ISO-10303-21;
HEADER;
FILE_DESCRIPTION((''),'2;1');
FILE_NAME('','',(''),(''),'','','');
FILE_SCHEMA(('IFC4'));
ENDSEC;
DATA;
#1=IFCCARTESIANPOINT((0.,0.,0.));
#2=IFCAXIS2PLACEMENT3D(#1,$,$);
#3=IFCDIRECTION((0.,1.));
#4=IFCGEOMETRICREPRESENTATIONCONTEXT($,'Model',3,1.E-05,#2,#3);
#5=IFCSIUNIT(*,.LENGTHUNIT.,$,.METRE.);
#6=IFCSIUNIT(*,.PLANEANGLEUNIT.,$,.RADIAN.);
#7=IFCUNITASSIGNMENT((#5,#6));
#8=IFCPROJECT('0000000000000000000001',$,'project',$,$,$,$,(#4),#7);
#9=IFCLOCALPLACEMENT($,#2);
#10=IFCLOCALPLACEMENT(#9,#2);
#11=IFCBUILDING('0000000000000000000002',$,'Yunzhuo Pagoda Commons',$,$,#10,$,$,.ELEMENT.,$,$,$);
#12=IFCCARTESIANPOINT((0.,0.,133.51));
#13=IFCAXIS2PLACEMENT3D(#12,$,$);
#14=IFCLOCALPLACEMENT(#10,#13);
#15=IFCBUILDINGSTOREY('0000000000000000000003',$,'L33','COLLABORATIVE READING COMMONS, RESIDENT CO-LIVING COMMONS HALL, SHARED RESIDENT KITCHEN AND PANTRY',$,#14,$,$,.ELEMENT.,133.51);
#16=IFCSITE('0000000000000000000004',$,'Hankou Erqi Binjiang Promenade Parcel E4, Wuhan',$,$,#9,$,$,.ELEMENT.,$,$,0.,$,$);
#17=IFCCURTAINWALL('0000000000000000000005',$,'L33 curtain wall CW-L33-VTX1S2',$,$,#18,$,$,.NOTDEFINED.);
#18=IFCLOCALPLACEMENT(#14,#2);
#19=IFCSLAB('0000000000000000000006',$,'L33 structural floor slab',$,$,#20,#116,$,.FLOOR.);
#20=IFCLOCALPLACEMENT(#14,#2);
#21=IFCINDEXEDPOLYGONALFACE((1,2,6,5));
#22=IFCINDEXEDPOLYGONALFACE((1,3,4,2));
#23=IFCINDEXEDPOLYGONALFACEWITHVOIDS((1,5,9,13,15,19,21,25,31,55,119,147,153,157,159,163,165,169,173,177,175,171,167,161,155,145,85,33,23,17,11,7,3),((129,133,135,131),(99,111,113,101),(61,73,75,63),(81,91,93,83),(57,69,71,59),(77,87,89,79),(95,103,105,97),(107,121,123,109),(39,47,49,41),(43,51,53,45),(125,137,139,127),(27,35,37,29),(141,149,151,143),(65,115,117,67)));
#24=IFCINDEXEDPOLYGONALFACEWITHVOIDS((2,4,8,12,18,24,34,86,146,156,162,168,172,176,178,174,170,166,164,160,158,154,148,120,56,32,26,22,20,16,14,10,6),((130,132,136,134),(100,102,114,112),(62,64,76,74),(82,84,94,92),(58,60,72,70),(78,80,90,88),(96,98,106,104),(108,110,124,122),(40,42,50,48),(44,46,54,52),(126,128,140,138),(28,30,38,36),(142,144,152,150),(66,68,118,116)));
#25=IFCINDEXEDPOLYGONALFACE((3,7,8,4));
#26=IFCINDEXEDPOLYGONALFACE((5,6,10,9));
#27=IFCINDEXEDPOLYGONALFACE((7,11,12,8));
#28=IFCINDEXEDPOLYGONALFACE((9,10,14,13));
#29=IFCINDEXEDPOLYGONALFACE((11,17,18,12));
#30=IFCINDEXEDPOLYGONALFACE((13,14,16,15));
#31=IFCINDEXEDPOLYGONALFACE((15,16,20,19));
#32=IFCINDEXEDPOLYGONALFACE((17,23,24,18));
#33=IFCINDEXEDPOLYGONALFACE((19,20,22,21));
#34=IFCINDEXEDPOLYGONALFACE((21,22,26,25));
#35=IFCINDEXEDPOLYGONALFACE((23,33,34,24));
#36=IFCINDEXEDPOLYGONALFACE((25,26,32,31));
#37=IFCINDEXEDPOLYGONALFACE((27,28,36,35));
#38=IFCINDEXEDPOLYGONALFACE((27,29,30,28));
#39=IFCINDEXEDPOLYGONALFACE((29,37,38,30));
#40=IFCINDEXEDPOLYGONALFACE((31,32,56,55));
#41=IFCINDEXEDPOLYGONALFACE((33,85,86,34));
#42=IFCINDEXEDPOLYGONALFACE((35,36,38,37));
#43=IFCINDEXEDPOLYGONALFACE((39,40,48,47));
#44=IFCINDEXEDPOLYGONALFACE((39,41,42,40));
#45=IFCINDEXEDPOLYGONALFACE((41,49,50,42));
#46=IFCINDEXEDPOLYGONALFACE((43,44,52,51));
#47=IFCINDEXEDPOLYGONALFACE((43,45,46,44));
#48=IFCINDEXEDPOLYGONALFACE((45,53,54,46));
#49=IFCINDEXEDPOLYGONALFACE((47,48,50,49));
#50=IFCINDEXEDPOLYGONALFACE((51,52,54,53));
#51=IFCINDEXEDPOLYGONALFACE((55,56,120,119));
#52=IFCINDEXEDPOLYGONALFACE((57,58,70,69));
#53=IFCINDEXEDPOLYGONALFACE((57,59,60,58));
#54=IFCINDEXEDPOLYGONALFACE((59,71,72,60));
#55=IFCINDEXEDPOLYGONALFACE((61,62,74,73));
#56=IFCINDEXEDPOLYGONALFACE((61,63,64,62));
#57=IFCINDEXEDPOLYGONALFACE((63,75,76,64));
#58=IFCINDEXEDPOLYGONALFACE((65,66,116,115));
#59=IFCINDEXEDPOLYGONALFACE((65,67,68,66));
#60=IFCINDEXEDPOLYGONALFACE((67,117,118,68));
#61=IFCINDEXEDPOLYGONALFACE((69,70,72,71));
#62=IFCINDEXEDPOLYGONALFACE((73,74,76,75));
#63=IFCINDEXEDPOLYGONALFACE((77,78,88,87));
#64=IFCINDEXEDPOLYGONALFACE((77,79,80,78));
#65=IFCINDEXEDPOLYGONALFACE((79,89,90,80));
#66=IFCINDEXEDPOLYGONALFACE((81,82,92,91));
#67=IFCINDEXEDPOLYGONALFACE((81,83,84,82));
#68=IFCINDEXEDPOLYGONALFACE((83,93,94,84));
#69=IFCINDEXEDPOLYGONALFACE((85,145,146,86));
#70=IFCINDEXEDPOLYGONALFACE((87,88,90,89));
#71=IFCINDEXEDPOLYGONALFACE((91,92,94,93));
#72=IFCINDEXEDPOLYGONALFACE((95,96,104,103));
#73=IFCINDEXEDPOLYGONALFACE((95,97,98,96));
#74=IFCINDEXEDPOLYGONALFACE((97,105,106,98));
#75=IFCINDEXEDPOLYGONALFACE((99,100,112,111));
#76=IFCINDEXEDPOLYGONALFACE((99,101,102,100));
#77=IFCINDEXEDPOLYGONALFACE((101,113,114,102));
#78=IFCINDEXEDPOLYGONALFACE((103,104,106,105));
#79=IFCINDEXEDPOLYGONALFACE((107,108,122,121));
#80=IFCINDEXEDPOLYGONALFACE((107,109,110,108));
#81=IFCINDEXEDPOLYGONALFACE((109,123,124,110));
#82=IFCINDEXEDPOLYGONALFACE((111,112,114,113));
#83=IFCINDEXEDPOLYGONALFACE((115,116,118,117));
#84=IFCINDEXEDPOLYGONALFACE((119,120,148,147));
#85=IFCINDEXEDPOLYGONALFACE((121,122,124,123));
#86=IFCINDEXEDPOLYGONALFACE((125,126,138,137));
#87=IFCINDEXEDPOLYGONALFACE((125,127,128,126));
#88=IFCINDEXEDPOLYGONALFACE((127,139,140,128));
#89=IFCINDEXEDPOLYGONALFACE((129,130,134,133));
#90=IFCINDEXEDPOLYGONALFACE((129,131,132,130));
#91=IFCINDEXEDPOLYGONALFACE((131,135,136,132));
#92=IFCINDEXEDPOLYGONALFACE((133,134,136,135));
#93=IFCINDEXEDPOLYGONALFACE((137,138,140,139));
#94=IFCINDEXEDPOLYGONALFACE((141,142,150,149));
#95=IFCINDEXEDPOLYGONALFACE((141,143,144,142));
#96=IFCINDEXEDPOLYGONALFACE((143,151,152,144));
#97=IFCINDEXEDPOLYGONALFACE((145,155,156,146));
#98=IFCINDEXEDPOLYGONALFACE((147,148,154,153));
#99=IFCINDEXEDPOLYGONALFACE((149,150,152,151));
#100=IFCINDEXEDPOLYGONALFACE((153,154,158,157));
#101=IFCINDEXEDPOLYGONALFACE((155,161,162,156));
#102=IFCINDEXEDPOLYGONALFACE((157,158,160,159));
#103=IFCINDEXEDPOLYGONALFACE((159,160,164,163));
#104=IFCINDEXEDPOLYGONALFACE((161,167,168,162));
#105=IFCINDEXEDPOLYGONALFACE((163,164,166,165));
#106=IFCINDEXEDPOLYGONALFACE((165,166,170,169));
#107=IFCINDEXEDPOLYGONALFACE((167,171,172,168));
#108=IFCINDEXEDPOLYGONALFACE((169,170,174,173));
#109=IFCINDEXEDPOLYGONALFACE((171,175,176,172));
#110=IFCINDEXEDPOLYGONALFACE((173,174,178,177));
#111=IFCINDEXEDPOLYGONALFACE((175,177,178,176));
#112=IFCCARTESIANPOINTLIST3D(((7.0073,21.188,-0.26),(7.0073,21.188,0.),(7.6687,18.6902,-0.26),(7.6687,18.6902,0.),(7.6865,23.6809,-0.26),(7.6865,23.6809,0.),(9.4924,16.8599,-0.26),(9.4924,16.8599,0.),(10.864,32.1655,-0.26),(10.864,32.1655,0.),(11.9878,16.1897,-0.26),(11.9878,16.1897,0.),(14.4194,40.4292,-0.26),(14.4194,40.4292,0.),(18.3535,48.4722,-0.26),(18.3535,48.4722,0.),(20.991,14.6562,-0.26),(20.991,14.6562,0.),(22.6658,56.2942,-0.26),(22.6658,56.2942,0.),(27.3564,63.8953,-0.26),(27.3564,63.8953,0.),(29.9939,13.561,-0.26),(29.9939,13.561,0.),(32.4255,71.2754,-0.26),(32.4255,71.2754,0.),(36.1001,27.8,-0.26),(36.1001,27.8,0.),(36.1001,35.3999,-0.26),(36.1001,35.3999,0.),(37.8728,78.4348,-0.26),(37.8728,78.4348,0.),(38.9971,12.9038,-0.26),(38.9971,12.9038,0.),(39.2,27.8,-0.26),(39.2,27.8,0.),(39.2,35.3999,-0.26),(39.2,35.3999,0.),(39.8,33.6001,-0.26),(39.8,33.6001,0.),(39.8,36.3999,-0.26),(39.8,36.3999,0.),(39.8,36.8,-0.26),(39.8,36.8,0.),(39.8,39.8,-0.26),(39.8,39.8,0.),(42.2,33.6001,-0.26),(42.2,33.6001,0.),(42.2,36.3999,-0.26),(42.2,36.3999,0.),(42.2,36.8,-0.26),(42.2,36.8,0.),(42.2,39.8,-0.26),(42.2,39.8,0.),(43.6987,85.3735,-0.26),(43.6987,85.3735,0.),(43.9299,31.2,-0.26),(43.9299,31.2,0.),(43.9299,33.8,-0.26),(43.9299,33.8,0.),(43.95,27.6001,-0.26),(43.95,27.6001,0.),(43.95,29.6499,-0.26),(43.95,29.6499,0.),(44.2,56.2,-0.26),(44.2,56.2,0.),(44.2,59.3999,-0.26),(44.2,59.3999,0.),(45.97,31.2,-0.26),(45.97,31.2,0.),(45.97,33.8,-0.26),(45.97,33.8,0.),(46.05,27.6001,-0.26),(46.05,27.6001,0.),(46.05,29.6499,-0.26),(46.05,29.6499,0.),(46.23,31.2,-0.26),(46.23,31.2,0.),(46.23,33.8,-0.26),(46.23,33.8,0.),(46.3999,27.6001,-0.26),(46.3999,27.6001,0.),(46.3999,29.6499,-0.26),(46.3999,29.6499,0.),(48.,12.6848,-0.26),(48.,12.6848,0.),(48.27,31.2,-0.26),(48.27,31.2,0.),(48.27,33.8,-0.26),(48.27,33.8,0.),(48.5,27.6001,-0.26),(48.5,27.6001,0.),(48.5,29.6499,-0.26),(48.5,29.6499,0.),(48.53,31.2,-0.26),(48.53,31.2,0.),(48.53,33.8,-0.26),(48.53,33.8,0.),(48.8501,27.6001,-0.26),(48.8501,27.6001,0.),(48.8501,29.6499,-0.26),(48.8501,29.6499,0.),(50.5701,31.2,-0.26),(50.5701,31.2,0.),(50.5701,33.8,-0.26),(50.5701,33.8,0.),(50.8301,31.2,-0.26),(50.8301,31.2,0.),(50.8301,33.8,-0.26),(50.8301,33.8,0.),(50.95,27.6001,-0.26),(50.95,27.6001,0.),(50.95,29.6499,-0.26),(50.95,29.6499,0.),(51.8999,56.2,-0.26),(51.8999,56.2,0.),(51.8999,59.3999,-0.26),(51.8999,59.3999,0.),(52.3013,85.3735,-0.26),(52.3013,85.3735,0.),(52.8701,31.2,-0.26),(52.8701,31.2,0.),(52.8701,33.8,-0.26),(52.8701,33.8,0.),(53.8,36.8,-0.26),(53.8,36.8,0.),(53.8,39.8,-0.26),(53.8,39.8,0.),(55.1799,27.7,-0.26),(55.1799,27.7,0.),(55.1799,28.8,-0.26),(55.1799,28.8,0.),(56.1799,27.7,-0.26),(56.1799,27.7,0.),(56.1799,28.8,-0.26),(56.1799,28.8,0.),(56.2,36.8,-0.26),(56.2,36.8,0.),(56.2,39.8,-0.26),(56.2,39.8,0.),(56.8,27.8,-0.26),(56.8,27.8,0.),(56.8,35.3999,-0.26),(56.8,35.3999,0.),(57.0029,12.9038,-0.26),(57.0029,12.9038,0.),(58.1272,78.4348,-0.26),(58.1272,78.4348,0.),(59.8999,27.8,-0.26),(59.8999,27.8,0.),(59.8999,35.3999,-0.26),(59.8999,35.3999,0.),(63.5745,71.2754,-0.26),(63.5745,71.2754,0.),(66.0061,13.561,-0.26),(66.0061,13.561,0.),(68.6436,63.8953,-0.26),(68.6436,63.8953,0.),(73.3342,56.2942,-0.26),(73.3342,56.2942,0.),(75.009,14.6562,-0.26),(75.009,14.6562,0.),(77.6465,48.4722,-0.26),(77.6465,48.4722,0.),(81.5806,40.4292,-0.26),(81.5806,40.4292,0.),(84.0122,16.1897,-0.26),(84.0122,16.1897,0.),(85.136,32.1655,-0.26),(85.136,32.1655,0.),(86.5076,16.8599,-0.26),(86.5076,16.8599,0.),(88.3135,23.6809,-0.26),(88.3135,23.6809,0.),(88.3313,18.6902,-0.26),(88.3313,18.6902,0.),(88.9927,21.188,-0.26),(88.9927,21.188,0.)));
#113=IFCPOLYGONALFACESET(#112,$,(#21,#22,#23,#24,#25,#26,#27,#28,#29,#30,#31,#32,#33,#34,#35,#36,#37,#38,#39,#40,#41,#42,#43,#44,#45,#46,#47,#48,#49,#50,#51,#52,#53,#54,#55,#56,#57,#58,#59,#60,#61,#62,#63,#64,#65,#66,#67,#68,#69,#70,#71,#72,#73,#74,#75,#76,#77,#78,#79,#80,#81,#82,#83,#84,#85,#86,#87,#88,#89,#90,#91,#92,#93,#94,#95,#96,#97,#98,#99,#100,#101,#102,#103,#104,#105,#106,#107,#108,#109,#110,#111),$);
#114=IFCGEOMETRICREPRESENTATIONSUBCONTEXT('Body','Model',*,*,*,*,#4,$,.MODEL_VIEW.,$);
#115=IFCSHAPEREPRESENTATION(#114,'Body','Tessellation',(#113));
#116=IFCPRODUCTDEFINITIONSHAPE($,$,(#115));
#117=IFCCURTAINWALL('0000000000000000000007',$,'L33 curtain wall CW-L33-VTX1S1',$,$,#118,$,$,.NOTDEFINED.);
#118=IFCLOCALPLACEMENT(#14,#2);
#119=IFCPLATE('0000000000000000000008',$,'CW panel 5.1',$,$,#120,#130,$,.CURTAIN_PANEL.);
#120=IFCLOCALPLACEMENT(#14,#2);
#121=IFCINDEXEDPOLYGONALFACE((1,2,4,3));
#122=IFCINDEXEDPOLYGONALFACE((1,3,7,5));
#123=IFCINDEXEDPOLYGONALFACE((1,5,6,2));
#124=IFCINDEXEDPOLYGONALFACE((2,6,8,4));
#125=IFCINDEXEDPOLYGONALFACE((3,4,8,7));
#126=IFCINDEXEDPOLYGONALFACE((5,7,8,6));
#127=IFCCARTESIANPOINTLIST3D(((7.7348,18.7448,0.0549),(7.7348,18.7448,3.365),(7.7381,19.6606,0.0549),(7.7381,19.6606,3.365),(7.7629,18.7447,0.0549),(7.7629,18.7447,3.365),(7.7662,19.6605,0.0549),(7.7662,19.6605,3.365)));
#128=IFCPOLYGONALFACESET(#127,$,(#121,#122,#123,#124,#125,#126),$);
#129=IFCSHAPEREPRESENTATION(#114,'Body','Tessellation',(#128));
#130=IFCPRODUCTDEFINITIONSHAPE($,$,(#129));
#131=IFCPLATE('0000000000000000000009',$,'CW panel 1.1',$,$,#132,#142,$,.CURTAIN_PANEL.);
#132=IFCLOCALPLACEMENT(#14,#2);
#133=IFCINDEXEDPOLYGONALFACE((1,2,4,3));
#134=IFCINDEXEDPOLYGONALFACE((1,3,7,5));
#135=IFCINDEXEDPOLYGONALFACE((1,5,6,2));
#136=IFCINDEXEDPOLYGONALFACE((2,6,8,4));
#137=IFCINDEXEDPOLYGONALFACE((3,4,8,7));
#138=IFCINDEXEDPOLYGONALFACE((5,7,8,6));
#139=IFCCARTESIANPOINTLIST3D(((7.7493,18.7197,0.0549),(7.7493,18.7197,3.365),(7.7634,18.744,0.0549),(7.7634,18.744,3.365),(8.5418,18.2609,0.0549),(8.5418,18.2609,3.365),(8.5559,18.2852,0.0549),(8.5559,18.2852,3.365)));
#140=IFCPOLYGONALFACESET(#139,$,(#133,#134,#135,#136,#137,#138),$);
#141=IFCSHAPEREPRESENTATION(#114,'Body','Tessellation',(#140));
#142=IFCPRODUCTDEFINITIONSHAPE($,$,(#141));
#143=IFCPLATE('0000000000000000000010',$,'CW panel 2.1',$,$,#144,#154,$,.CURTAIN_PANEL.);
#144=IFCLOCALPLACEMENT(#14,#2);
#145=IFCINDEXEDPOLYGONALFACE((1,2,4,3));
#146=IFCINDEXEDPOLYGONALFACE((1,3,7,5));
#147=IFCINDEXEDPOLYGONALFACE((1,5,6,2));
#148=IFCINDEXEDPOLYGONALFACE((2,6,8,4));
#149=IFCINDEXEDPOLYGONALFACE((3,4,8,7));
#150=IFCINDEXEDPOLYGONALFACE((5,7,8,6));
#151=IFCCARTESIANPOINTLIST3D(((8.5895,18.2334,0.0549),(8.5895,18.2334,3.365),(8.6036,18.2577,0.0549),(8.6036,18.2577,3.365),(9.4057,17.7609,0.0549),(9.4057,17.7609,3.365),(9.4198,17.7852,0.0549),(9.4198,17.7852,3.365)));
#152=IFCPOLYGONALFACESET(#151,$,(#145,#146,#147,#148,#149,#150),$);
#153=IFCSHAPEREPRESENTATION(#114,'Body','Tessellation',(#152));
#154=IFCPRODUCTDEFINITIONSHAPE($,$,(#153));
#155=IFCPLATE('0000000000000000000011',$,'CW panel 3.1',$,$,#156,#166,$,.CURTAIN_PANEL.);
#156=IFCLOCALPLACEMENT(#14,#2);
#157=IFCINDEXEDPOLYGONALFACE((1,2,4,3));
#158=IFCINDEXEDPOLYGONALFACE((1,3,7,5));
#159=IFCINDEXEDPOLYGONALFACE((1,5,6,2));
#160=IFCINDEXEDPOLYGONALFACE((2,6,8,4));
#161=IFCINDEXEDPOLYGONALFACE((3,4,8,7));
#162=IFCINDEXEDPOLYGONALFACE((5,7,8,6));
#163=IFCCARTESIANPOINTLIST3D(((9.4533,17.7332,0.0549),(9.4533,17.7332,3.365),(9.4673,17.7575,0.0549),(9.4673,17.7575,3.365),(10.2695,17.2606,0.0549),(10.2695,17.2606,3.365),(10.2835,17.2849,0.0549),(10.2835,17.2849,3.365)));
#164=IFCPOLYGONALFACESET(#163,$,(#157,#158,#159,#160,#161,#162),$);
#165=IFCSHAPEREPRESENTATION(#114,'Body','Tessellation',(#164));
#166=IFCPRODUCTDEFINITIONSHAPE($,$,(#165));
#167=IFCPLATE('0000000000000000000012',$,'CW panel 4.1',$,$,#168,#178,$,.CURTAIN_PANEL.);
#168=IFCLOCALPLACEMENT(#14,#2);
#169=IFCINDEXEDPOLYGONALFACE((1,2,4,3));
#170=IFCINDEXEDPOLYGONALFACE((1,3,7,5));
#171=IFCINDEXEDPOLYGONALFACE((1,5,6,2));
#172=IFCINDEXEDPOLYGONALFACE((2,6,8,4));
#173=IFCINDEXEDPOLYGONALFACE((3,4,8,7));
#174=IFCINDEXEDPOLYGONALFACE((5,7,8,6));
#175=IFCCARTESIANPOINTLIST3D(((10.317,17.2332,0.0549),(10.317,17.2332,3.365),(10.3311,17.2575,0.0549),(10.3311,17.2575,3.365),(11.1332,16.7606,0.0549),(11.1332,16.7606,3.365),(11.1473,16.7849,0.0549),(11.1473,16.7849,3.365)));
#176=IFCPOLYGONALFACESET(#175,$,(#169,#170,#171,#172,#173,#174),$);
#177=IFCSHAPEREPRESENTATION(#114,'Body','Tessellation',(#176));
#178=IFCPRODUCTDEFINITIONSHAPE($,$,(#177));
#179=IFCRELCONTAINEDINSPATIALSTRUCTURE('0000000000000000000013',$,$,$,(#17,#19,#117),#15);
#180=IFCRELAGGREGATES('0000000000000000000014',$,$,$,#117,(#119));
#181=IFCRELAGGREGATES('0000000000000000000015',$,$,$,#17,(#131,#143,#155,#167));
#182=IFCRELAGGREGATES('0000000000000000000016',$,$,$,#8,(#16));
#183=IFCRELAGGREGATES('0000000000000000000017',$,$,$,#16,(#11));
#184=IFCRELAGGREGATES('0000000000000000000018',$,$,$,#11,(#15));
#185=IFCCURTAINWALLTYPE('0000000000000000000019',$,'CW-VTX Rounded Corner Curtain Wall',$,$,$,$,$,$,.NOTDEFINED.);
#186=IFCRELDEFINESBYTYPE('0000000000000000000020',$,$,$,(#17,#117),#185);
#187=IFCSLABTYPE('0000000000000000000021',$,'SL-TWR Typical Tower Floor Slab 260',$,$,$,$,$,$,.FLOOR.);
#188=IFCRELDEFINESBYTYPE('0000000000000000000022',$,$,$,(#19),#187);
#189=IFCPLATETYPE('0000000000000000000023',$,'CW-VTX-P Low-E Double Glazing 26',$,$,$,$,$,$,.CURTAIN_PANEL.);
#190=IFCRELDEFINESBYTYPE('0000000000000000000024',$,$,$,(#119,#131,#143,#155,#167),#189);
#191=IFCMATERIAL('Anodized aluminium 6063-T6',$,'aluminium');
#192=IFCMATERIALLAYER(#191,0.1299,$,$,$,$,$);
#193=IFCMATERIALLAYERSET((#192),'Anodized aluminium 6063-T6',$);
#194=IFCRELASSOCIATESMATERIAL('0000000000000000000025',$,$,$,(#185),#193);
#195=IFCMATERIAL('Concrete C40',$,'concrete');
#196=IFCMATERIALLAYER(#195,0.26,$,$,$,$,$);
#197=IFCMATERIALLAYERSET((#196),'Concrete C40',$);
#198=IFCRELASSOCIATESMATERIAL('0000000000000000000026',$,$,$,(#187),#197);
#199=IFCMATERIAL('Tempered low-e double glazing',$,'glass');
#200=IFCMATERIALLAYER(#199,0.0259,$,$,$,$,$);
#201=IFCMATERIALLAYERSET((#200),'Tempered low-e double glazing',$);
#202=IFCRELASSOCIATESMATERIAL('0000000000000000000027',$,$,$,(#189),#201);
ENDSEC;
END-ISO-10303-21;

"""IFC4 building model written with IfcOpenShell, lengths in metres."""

from ifc_helpers import new_model, si_unit, direction, frame, origin, origin_2d, place, context, subcontext, project, spatial, polyline, rectangle, outline, extrude, source, transform, mapped, material, layer, layer_set, type_object, element, aggregate, save


model = new_model("IFC4")

# Units and contexts
model_context = context("Model", 3, precision=1e-05, world=origin(), true_north=direction((0.0, 1.0)))
body_context = subcontext(model_context, "Body", "Model", "MODEL_VIEW")
ifc_project = project(units=[si_unit("LENGTHUNIT", "METRE"), si_unit("PLANEANGLEUNIT", "RADIAN")], contexts=[model_context])

# Site, building, storey
site_placement = place(None, origin())
site = spatial("IfcSite", under=ifc_project, at=site_placement, Name="Hankou Erqi Binjiang Promenade Parcel E4, Wuhan", CompositionType="ELEMENT", RefElevation=0.0)
building_placement = place(site_placement, origin())
building = spatial("IfcBuilding", under=site, at=building_placement, Name="Yunzhuo Pagoda Commons", CompositionType="ELEMENT")
storey_placement = place(building_placement, frame((0.0, 0.0, 133.51)))
storey = spatial("IfcBuildingStorey", under=building, at=storey_placement, Name="L33", Description="COLLABORATIVE READING COMMONS, RESIDENT CO-LIVING COMMONS HALL, SHARED RESIDENT KITCHEN AND PANTRY", CompositionType="ELEMENT", Elevation=133.51)

# Curtain wall
ifc_material_1 = material(Name="Anodized aluminium 6063-T6", Category="aluminium")
ifc_layer_1 = layer(ifc_material_1, 0.1299)
ifc_layer_set_1 = layer_set([ifc_layer_1], Name="Anodized aluminium 6063-T6")
curtain_wall_type = type_object("IfcCurtainWallType", Name="CW-VTX Rounded Corner Curtain Wall", PredefinedType="NOTDEFINED", material=ifc_layer_set_1)
curtain_wall_1_placement = place(storey_placement, origin())
curtain_wall_1 = element("IfcCurtainWall", 1, at=curtain_wall_1_placement, inside=storey, type_object=curtain_wall_type, Name="L33 curtain wall CW-L33-VTX1S2", PredefinedType="NOTDEFINED")

# Shared definitions
ifc_material_2 = material(Name="Concrete C40", Category="concrete")

# Slab
ifc_layer_2 = layer(ifc_material_2, 0.26)
ifc_layer_set_2 = layer_set([ifc_layer_2], Name="Concrete C40")
slab_type_1 = type_object("IfcSlabType", Name="SL-TWR Typical Tower Floor Slab 260", PredefinedType="FLOOR", material=ifc_layer_set_2)
slab_1_placement = place(storey_placement, frame((0.0, 0.0, -0.26)))
element("IfcSlab", 2, at=slab_1_placement, inside=storey, type_object=slab_type_1, Name="L33 structural floor slab", PredefinedType="FLOOR", context=body_context, shape_type="SweptSolid", body=[
    extrude(outline(polyline([(10.864, 32.1655), (14.4194, 40.4292), (18.3535, 48.4722), (22.6658, 56.2942), (27.3564, 63.8953), (32.4255, 71.2754), (37.8728, 78.4348), (43.6987, 85.3735), (52.3013, 85.3735), (58.1272, 78.4348), (63.5745, 71.2754), (68.6436, 63.8953), (73.3342, 56.2942), (77.6465, 48.4722), (81.5806, 40.4292), (85.136, 32.1655), (88.3135, 23.6809), (88.9927, 21.188), (88.3313, 18.6902), (86.5076, 16.8599), (84.0122, 16.1897), (75.009, 14.6562), (66.0061, 13.561), (57.0029, 12.9038), (48.0, 12.6848), (38.9971, 12.9038), (29.9939, 13.561), (20.991, 14.6562), (11.9878, 16.1897), (9.4924, 16.8599), (7.6687, 18.6902), (7.0073, 21.188), (7.6865, 23.6809), (10.864, 32.1655)]), holes=[polyline([(46.05, 29.6499), (43.95, 29.6499), (43.95, 27.6001), (46.05, 27.6001), (46.05, 29.6499)]), polyline([(48.5, 27.6001), (48.5, 29.6499), (46.3999, 29.6499), (46.3999, 27.6001), (48.5, 27.6001)]), polyline([(36.1001, 27.8), (39.2, 27.8), (39.2, 35.3999), (36.1001, 35.3999), (36.1001, 27.8)]), polyline([(45.97, 31.2), (45.97, 33.8), (43.9299, 33.8), (43.9299, 31.2), (45.97, 31.2)]), polyline([(48.27, 31.2), (48.27, 33.8), (46.23, 33.8), (46.23, 31.2), (48.27, 31.2)]), polyline([(42.2, 33.6001), (42.2, 36.3999), (39.8, 36.3999), (39.8, 33.6001), (42.2, 33.6001)]), polyline([(42.2, 36.8), (42.2, 39.8), (39.8, 39.8), (39.8, 36.8), (42.2, 36.8)]), polyline([(56.1799, 28.8), (55.1799, 28.8), (55.1799, 27.7), (56.1799, 27.7), (56.1799, 28.8)]), polyline([(50.95, 27.6001), (50.95, 29.6499), (48.8501, 29.6499), (48.8501, 27.6001), (50.95, 27.6001)]), polyline([(56.8, 27.8), (59.8999, 27.8), (59.8999, 35.3999), (56.8, 35.3999), (56.8, 27.8)]), polyline([(50.5701, 31.2), (50.5701, 33.8), (48.53, 33.8), (48.53, 31.2), (50.5701, 31.2)]), polyline([(52.8701, 31.2), (52.8701, 33.8), (50.8301, 33.8), (50.8301, 31.2), (52.8701, 31.2)]), polyline([(56.2, 36.8), (56.2, 39.8), (53.8, 39.8), (53.8, 36.8), (56.2, 36.8)]), polyline([(51.8999, 56.2), (51.8999, 59.3999), (44.2, 59.3999), (44.2, 56.2), (51.8999, 56.2)])]), origin(), (0.0, 0.0, 1.0), 0.26),
])

# Curtain wall, plate
curtain_wall_2_placement = place(storey_placement, origin())
curtain_wall_2 = element("IfcCurtainWall", 3, at=curtain_wall_2_placement, inside=storey, type_object=curtain_wall_type, Name="L33 curtain wall CW-L33-VTX1S1", PredefinedType="NOTDEFINED")
ifc_material_3 = material(Name="Tempered low-e double glazing", Category="glass")
ifc_layer_3 = layer(ifc_material_3, 0.0259)
ifc_layer_set_3 = layer_set([ifc_layer_3], Name="Tempered low-e double glazing")
plate_type = type_object("IfcPlateType", Name="CW-VTX-P Low-E Double Glazing 26", PredefinedType="CURTAIN_PANEL", material=ifc_layer_set_3)
shared_shape_1 = source(origin(), body_context, "Body", "SweptSolid", [
    extrude(rectangle(XDim=0.9158, YDim=0.0281, at=origin_2d()), origin(), (0.0, 0.0, 1.0), 3.3101),
])
plate_1_placement = place(storey_placement, frame((7.7505, 19.2026, 0.0549), z_axis=(0.0, 0.0, 1.0), x_axis=(-0.003587, -0.999994, 0.0)))
plate_1 = element("IfcPlate", 4, at=plate_1_placement, type_object=plate_type, Name="CW panel 5.1", PredefinedType="CURTAIN_PANEL", context=body_context, shape_type="MappedRepresentation", body=[
    mapped(shared_shape_1, transform((0.0, 0.0, 0.0), scale=1.0)),
])
aggregate(curtain_wall_2, [plate_1])

# Plates
plate_2_placement = place(storey_placement, frame((8.1526, 18.5024, 0.0549), z_axis=(0.0, 0.0, 1.0), x_axis=(0.865425, -0.501038, 0.0)))
plate_2 = element("IfcPlate", 5, at=plate_2_placement, type_object=plate_type, Name="CW panel 1.1", PredefinedType="CURTAIN_PANEL", context=body_context, shape_type="MappedRepresentation", body=[
    mapped(shared_shape_1, transform((0.0, 0.0, 0.0), scale=1.0)),
])
shared_shape_2 = source(origin(), body_context, "Body", "SweptSolid", [
    extrude(rectangle(XDim=0.9431, YDim=0.0281, at=origin_2d()), origin(), (0.0, 0.0, 1.0), 3.3101),
])
plate_3_placement = place(storey_placement, frame((9.0046, 18.0093, 0.0549), z_axis=(0.0, 0.0, 1.0), x_axis=(0.865425, -0.501038, 0.0)))
plate_3 = element("IfcPlate", 6, at=plate_3_placement, type_object=plate_type, Name="CW panel 2.1", PredefinedType="CURTAIN_PANEL", context=body_context, shape_type="MappedRepresentation", body=[
    mapped(shared_shape_2, transform((0.0, 0.0, 0.0), scale=1.0)),
])
plate_4_placement = place(storey_placement, frame((9.8684, 17.509, 0.0549), z_axis=(0.0, 0.0, 1.0), x_axis=(0.865425, -0.501038, 0.0)))
plate_4 = element("IfcPlate", 7, at=plate_4_placement, type_object=plate_type, Name="CW panel 3.1", PredefinedType="CURTAIN_PANEL", context=body_context, shape_type="MappedRepresentation", body=[
    mapped(shared_shape_2, transform((0.0, 0.0, 0.0), scale=1.0)),
])
plate_5_placement = place(storey_placement, frame((10.7322, 17.009, 0.0549), z_axis=(0.0, 0.0, 1.0), x_axis=(0.865425, -0.501038, 0.0)))
plate_5 = element("IfcPlate", 8, at=plate_5_placement, type_object=plate_type, Name="CW panel 4.1", PredefinedType="CURTAIN_PANEL", context=body_context, shape_type="MappedRepresentation", body=[
    mapped(shared_shape_2, transform((0.0, 0.0, 0.0), scale=1.0)),
])
aggregate(curtain_wall_1, [plate_2, plate_3, plate_4, plate_5])

save(model, "model.ifc")
